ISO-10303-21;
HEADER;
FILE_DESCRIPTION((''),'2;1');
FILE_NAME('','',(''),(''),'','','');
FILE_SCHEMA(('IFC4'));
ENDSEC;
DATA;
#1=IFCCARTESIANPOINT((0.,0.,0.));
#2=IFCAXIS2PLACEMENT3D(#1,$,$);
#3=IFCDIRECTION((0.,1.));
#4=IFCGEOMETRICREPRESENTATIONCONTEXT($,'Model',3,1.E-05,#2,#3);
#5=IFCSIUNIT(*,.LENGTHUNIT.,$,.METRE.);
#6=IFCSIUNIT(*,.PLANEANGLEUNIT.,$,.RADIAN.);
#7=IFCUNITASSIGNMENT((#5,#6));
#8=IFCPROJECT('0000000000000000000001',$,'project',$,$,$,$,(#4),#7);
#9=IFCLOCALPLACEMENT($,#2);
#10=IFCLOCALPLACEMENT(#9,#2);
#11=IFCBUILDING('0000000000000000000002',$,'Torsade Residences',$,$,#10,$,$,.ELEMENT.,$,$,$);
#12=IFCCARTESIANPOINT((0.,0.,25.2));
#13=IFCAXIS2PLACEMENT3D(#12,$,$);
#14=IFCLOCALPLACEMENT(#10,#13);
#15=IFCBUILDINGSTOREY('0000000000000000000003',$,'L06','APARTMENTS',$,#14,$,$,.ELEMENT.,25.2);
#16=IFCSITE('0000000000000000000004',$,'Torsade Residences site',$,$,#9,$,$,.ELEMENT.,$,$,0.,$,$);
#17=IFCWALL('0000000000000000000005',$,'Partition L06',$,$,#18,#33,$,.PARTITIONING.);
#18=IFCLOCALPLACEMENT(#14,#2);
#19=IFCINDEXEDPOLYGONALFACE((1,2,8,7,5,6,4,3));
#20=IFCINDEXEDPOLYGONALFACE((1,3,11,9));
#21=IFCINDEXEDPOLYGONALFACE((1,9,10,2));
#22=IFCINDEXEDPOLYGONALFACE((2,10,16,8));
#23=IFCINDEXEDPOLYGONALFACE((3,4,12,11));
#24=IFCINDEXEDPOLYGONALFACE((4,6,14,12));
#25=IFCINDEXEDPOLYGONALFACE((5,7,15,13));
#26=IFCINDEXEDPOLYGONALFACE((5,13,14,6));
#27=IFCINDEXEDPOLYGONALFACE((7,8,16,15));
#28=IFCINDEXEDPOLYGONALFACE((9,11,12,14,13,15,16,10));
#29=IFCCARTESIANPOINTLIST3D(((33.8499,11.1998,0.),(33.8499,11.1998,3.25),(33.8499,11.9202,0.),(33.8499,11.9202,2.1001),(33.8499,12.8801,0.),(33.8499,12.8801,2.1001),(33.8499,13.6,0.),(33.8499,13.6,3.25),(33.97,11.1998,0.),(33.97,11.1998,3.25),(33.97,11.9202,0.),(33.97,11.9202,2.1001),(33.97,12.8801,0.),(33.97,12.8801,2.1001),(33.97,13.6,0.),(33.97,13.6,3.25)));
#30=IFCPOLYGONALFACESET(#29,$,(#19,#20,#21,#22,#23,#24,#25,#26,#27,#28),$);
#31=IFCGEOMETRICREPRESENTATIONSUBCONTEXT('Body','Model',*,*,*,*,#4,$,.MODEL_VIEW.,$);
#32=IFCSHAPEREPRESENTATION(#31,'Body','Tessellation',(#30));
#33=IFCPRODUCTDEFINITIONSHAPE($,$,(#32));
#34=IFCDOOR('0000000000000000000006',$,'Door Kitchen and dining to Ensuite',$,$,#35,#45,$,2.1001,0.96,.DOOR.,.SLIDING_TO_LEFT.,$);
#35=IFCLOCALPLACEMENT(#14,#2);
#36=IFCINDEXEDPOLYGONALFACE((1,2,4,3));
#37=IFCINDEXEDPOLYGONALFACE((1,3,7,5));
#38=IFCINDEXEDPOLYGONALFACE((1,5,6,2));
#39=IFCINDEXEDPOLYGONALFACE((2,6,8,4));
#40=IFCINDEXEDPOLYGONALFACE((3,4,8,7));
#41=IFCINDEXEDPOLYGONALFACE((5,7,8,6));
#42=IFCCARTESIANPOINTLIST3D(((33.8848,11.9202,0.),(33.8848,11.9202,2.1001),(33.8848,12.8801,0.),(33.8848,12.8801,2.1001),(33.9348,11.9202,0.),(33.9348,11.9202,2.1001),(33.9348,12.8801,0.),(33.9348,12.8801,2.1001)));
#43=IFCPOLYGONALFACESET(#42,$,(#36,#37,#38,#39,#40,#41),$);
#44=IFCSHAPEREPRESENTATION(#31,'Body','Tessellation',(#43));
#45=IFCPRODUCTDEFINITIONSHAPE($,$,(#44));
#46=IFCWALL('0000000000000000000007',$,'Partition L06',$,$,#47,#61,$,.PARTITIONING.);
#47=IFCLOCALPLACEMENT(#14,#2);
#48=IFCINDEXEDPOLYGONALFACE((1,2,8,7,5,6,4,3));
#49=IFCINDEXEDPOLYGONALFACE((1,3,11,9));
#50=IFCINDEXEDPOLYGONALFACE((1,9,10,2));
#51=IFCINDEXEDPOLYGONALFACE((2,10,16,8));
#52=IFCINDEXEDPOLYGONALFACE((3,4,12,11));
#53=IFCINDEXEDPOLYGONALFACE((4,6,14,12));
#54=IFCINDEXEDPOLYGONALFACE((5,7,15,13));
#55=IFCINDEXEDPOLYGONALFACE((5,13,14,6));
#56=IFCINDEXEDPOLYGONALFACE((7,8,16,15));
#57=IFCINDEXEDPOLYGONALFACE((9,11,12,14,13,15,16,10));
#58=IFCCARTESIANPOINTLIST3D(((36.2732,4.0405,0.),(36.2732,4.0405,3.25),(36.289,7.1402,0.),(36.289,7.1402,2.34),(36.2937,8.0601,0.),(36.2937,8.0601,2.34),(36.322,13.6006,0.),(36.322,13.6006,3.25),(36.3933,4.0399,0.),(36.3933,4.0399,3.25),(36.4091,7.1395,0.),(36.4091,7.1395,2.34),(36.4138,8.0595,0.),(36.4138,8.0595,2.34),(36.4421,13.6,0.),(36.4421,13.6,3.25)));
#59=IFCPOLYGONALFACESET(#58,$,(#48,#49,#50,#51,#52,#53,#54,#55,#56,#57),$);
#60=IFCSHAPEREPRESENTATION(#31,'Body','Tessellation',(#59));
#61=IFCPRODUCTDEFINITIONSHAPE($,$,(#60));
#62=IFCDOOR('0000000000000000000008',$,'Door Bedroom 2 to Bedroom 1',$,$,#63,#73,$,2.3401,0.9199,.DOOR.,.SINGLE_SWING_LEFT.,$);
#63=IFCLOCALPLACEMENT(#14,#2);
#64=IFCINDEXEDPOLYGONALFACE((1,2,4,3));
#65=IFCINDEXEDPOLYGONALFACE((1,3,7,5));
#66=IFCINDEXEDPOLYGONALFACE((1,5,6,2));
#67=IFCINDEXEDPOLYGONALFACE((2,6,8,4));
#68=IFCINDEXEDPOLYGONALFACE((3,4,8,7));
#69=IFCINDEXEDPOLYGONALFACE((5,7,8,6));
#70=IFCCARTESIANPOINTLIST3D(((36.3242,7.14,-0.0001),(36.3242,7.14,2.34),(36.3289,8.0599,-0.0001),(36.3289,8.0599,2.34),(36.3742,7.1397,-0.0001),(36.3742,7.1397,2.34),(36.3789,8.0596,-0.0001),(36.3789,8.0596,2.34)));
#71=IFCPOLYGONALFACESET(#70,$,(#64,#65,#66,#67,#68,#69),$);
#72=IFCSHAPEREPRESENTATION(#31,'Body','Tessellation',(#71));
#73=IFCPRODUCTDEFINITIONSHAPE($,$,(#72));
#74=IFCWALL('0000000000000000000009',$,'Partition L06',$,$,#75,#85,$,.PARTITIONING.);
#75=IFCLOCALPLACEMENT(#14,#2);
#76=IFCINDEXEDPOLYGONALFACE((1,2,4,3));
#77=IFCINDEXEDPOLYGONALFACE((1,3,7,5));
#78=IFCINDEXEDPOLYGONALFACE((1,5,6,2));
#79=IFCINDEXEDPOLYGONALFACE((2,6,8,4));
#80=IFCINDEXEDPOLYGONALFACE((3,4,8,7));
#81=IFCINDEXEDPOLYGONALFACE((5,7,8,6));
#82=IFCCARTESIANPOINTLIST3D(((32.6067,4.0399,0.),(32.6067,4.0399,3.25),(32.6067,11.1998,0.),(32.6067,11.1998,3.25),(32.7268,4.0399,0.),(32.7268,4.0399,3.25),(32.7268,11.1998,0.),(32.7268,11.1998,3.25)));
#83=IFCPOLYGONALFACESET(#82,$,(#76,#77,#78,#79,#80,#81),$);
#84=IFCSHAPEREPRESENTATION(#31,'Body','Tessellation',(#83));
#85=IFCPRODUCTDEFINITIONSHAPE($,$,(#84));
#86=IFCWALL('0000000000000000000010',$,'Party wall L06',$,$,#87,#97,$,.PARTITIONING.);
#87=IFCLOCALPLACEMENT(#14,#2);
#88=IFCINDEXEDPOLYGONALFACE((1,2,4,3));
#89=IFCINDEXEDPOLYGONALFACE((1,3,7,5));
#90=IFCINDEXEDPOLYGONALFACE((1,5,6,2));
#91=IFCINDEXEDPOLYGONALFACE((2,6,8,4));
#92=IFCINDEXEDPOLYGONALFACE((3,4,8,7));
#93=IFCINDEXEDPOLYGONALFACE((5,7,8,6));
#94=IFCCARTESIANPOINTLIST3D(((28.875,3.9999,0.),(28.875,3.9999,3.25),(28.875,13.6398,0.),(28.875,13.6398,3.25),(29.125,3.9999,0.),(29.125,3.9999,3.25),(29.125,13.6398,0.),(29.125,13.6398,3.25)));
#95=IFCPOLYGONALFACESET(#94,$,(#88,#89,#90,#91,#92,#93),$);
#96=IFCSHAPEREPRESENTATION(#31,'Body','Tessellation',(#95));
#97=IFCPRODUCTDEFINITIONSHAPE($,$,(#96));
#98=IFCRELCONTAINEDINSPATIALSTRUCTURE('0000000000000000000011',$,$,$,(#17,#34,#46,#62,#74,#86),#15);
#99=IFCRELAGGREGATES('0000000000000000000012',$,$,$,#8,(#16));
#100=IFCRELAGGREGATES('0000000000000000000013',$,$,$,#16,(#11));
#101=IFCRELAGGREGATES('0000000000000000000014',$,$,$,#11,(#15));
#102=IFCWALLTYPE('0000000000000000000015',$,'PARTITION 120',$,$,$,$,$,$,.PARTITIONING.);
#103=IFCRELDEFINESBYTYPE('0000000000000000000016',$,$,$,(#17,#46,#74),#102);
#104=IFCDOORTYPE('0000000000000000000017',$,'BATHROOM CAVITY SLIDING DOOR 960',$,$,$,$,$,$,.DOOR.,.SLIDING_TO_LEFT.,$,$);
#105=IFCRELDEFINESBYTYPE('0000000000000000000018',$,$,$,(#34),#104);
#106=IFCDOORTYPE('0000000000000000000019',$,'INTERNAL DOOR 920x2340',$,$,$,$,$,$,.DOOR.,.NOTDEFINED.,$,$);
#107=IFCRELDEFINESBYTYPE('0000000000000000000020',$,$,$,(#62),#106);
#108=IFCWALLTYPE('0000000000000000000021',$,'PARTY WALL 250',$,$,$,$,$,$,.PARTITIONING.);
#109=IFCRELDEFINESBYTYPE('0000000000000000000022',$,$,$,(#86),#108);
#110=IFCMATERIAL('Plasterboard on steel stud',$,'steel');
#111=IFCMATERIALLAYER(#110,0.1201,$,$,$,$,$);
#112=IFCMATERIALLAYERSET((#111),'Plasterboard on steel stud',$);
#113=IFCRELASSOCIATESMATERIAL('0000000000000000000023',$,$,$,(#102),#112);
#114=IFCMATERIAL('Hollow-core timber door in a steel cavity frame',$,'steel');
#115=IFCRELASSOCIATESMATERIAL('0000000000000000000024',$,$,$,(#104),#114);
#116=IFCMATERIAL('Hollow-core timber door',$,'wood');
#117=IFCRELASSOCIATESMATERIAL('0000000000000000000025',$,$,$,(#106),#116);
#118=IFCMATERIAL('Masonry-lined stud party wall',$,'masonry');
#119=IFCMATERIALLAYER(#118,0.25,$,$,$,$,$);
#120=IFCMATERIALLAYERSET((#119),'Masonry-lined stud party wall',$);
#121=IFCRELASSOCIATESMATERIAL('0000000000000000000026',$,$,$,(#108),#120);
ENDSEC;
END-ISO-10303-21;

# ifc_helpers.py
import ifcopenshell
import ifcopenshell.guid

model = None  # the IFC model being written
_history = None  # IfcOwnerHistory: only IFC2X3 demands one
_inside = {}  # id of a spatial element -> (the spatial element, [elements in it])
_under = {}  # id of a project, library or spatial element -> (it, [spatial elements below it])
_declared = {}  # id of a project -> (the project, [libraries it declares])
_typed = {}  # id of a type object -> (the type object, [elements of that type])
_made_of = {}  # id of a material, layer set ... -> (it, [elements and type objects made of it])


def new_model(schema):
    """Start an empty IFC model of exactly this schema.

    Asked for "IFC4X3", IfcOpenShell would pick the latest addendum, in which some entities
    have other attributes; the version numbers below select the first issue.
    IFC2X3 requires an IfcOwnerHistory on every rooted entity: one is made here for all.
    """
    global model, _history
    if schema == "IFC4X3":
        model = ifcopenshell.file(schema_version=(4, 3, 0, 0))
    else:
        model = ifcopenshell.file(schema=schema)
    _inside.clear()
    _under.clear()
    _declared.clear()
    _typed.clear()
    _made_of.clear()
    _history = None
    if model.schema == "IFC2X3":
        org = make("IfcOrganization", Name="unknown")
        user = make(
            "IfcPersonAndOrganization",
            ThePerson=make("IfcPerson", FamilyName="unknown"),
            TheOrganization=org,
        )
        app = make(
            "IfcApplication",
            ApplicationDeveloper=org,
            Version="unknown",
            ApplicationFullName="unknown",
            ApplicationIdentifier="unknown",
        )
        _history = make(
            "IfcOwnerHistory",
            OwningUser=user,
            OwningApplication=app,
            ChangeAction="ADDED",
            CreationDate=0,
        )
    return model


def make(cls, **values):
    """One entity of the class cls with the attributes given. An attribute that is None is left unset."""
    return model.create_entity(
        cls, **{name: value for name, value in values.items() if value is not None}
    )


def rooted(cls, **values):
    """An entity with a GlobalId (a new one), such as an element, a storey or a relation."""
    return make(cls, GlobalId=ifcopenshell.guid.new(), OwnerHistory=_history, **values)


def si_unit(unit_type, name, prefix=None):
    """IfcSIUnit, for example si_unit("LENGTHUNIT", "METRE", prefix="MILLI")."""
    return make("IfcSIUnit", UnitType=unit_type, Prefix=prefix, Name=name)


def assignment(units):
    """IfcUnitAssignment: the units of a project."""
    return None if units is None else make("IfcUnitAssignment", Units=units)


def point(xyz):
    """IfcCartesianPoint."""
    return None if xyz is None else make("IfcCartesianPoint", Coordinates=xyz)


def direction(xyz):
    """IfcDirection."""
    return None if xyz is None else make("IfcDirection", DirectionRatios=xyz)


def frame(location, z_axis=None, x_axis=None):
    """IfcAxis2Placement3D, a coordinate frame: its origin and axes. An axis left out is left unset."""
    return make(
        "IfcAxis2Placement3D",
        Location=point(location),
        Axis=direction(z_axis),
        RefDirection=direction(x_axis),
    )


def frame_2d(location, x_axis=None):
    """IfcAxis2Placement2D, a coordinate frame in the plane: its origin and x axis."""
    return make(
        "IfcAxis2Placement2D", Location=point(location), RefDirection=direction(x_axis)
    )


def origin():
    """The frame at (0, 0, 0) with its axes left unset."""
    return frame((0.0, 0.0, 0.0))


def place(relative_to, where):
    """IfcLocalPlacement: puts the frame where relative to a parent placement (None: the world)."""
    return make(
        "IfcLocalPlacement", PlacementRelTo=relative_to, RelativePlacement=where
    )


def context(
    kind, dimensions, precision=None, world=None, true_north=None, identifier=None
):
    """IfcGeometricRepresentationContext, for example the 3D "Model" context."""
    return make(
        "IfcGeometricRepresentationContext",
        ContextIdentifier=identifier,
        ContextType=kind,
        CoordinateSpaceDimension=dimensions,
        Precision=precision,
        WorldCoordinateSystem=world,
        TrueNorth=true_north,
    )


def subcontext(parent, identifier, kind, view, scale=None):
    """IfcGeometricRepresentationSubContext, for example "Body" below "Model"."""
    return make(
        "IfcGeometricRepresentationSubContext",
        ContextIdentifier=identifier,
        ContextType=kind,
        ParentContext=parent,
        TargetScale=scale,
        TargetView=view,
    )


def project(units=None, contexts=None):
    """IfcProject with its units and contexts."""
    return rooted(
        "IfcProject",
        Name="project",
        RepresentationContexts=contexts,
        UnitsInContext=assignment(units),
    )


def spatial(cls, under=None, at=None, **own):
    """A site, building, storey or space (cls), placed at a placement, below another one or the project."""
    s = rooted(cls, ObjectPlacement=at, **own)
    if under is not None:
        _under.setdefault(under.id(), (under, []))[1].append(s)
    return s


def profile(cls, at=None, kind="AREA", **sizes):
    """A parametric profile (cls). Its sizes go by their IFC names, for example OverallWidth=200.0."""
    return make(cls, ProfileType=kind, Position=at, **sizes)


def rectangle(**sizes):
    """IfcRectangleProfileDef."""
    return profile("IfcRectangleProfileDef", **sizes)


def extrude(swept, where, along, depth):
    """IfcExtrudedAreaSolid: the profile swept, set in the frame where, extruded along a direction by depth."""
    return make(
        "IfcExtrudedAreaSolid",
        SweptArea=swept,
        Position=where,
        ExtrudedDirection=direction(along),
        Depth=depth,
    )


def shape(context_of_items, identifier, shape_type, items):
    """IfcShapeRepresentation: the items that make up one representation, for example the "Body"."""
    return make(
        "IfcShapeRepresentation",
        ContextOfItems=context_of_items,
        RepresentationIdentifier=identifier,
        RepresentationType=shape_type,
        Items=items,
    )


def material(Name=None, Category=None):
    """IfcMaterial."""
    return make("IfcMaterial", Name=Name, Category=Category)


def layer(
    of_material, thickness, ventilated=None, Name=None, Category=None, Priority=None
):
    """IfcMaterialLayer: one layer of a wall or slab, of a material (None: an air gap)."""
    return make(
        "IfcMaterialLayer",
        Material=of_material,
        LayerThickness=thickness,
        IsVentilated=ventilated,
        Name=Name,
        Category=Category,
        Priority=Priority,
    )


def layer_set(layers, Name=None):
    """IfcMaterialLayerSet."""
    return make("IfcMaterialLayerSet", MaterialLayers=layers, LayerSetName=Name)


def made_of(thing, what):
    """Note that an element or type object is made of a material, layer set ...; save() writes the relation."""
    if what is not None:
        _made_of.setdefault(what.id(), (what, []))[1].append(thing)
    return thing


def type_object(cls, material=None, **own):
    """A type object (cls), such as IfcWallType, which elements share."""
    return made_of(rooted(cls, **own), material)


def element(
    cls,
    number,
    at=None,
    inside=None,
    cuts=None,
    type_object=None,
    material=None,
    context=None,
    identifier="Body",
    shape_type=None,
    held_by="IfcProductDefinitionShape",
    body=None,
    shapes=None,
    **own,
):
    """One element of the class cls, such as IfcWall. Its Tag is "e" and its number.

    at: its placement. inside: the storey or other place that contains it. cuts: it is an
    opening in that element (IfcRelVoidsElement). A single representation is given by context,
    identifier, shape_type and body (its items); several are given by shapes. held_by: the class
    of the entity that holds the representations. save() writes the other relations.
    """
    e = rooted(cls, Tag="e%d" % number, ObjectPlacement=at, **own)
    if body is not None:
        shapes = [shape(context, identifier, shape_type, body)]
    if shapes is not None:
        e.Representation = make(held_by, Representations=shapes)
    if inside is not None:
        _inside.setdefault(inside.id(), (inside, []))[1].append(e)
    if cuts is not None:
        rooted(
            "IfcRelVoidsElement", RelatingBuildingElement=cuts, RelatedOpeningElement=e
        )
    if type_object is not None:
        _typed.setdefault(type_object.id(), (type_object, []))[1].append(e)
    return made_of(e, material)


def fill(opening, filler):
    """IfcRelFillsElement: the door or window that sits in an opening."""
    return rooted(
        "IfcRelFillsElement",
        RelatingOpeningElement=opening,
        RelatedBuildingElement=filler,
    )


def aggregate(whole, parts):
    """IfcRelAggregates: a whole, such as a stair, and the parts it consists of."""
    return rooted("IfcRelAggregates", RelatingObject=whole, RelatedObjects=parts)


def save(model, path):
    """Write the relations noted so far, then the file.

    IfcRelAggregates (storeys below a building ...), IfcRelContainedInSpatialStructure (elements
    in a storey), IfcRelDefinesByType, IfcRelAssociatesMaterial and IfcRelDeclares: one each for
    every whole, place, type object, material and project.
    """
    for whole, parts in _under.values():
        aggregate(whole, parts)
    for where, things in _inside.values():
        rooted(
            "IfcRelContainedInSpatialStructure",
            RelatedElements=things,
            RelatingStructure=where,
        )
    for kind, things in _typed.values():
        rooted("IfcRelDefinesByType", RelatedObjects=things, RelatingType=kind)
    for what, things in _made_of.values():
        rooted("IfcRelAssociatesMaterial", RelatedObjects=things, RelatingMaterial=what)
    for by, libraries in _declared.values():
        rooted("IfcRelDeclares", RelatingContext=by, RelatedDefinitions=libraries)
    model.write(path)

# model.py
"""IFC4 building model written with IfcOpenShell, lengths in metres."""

from ifc_helpers import new_model, si_unit, direction, frame, frame_2d, origin, place, context, subcontext, project, spatial, rectangle, extrude, material, layer, layer_set, type_object, element, fill, save


model = new_model("IFC4")

# Units and contexts
model_context = context("Model", 3, precision=1e-05, world=origin(), true_north=direction((0.0, 1.0)))
body_context = subcontext(model_context, "Body", "Model", "MODEL_VIEW")
ifc_project = project(units=[si_unit("LENGTHUNIT", "METRE"), si_unit("PLANEANGLEUNIT", "RADIAN")], contexts=[model_context])

# Site, building, storey
site_placement = place(None, origin())
site = spatial("IfcSite", under=ifc_project, at=site_placement, Name="Torsade Residences site", CompositionType="ELEMENT", RefElevation=0.0)
building_placement = place(site_placement, origin())
building = spatial("IfcBuilding", under=site, at=building_placement, Name="Torsade Residences", CompositionType="ELEMENT")
storey_placement = place(building_placement, frame((0.0, 0.0, 25.2)))
storey = spatial("IfcBuildingStorey", under=building, at=storey_placement, Name="L06", Description="APARTMENTS", CompositionType="ELEMENT", Elevation=25.2)

# Shared definitions
ifc_material_1 = material(Name="Plasterboard on steel stud", Category="steel")
ifc_layer_1 = layer(ifc_material_1, 0.1201)
ifc_layer_set_1 = layer_set([ifc_layer_1], Name="Plasterboard on steel stud")
wall_type_1 = type_object("IfcWallType", Name="PARTITION 120", PredefinedType="PARTITIONING", material=ifc_layer_set_1)

# Walls, openings, doors
wall_1_placement = place(storey_placement, frame((33.9099, 13.6001, 0.0), z_axis=(0.0, 0.0, 1.0), x_axis=(0.0, -1.0, 0.0)))
wall_1 = element("IfcWall", 1, at=wall_1_placement, inside=storey, type_object=wall_type_1, Name="Partition L06", PredefinedType="PARTITIONING", context=body_context, shape_type="SweptSolid", body=[
    extrude(rectangle(XDim=2.4001, YDim=0.1201, at=frame_2d((1.2002, 0.0))), origin(), (0.0, 0.0, 1.0), 3.25),
])
opening_1_placement = place(wall_1_placement, frame((0.72, 0.0, 0.0)))
opening_1 = element("IfcOpeningElement", 2, at=opening_1_placement, cuts=wall_1, PredefinedType="OPENING", context=body_context, shape_type="SweptSolid", body=[
    extrude(rectangle(XDim=0.96, YDim=2.1001, at=frame_2d((0.48, 1.05))), frame((0.0, 0.0701, 0.0), z_axis=(0.0, -1.0, 0.0), x_axis=(1.0, 0.0, 0.0)), (0.0, 0.0, 1.0), 0.1401),
])
ifc_material_2 = material(Name="Hollow-core timber door in a steel cavity frame", Category="steel")
door_type_1 = type_object("IfcDoorType", Name="BATHROOM CAVITY SLIDING DOOR 960", OperationType="SLIDING_TO_LEFT", PredefinedType="DOOR", material=ifc_material_2)
door_1_placement = place(opening_1_placement, origin())
door_1 = element("IfcDoor", 3, at=door_1_placement, inside=storey, type_object=door_type_1, Name="Door Kitchen and dining to Ensuite", OperationType="SLIDING_TO_LEFT", OverallHeight=2.1001, OverallWidth=0.96, PredefinedType="DOOR", context=body_context, shape_type="SweptSolid", body=[
    extrude(rectangle(XDim=0.96, YDim=2.1001, at=frame_2d((0.48, 1.05))), frame((0.0, 0.0249, 0.0), z_axis=(0.0, -1.0, 0.0), x_axis=(1.0, 0.0, 0.0)), (0.0, 0.0, 1.0), 0.05),
])
fill(opening_1, door_1)
wall_2_placement = place(storey_placement, frame((36.3333, 4.04, 0.0), z_axis=(0.0, 0.0, 1.0), x_axis=(0.005107, 0.999987, 0.0)))
wall_2 = element("IfcWall", 4, at=wall_2_placement, inside=storey, type_object=wall_type_1, Name="Partition L06", PredefinedType="PARTITIONING", context=body_context, shape_type="SweptSolid", body=[
    extrude(rectangle(XDim=9.5603, YDim=0.1201, at=frame_2d((4.7803, 0.0))), origin(), (0.0, 0.0, 1.0), 3.25),
])
opening_2_placement = place(wall_2_placement, frame((3.0999, 0.0, 0.0)))
opening_2 = element("IfcOpeningElement", 5, at=opening_2_placement, cuts=wall_2, PredefinedType="OPENING", context=body_context, shape_type="SweptSolid", body=[
    extrude(rectangle(XDim=0.9199, YDim=2.3401, at=frame_2d((0.46, 1.1699))), frame((0.0, 0.0701, 0.0), z_axis=(0.0, -1.0, 0.0), x_axis=(1.0, 0.0, 0.0)), (0.0, 0.0, 1.0), 0.1401),
])
ifc_material_3 = material(Name="Hollow-core timber door", Category="wood")
door_type_2 = type_object("IfcDoorType", Name="INTERNAL DOOR 920x2340", OperationType="NOTDEFINED", PredefinedType="DOOR", material=ifc_material_3)
door_2_placement = place(opening_2_placement, origin())
door_2 = element("IfcDoor", 6, at=door_2_placement, inside=storey, type_object=door_type_2, Name="Door Bedroom 2 to Bedroom 1", OperationType="SINGLE_SWING_LEFT", OverallHeight=2.3401, OverallWidth=0.9199, PredefinedType="DOOR", context=body_context, shape_type="SweptSolid", body=[
    extrude(rectangle(XDim=0.9199, YDim=2.3401, at=frame_2d((0.46, 1.1699))), frame((0.0, 0.0249, 0.0), z_axis=(0.0, -1.0, 0.0), x_axis=(1.0, 0.0, 0.0)), (0.0, 0.0, 1.0), 0.05),
])
fill(opening_2, door_2)

# Walls
wall_3_placement = place(storey_placement, frame((32.6667, 11.2, 0.0), z_axis=(0.0, 0.0, 1.0), x_axis=(0.0, -1.0, 0.0)))
element("IfcWall", 7, at=wall_3_placement, inside=storey, type_object=wall_type_1, Name="Partition L06", PredefinedType="PARTITIONING", context=body_context, shape_type="SweptSolid", body=[
    extrude(rectangle(XDim=7.1599, YDim=0.1201, at=frame_2d((3.5801, 0.0))), origin(), (0.0, 0.0, 1.0), 3.25),
])
ifc_material_4 = material(Name="Masonry-lined stud party wall", Category="masonry")
ifc_layer_2 = layer(ifc_material_4, 0.25)
ifc_layer_set_2 = layer_set([ifc_layer_2], Name="Masonry-lined stud party wall")
wall_type_2 = type_object("IfcWallType", Name="PARTY WALL 250", PredefinedType="PARTITIONING", material=ifc_layer_set_2)
wall_4_placement = place(storey_placement, frame((29.0, 4.0, 0.0), z_axis=(0.0, 0.0, 1.0), x_axis=(0.0, 1.0, 0.0)))
element("IfcWall", 8, at=wall_4_placement, inside=storey, type_object=wall_type_2, Name="Party wall L06", PredefinedType="PARTITIONING", context=body_context, shape_type="SweptSolid", body=[
    extrude(rectangle(XDim=9.6399, YDim=0.25, at=frame_2d((4.8198, 0.0))), origin(), (0.0, 0.0, 1.0), 3.25),
])

save(model, "model.ifc")
